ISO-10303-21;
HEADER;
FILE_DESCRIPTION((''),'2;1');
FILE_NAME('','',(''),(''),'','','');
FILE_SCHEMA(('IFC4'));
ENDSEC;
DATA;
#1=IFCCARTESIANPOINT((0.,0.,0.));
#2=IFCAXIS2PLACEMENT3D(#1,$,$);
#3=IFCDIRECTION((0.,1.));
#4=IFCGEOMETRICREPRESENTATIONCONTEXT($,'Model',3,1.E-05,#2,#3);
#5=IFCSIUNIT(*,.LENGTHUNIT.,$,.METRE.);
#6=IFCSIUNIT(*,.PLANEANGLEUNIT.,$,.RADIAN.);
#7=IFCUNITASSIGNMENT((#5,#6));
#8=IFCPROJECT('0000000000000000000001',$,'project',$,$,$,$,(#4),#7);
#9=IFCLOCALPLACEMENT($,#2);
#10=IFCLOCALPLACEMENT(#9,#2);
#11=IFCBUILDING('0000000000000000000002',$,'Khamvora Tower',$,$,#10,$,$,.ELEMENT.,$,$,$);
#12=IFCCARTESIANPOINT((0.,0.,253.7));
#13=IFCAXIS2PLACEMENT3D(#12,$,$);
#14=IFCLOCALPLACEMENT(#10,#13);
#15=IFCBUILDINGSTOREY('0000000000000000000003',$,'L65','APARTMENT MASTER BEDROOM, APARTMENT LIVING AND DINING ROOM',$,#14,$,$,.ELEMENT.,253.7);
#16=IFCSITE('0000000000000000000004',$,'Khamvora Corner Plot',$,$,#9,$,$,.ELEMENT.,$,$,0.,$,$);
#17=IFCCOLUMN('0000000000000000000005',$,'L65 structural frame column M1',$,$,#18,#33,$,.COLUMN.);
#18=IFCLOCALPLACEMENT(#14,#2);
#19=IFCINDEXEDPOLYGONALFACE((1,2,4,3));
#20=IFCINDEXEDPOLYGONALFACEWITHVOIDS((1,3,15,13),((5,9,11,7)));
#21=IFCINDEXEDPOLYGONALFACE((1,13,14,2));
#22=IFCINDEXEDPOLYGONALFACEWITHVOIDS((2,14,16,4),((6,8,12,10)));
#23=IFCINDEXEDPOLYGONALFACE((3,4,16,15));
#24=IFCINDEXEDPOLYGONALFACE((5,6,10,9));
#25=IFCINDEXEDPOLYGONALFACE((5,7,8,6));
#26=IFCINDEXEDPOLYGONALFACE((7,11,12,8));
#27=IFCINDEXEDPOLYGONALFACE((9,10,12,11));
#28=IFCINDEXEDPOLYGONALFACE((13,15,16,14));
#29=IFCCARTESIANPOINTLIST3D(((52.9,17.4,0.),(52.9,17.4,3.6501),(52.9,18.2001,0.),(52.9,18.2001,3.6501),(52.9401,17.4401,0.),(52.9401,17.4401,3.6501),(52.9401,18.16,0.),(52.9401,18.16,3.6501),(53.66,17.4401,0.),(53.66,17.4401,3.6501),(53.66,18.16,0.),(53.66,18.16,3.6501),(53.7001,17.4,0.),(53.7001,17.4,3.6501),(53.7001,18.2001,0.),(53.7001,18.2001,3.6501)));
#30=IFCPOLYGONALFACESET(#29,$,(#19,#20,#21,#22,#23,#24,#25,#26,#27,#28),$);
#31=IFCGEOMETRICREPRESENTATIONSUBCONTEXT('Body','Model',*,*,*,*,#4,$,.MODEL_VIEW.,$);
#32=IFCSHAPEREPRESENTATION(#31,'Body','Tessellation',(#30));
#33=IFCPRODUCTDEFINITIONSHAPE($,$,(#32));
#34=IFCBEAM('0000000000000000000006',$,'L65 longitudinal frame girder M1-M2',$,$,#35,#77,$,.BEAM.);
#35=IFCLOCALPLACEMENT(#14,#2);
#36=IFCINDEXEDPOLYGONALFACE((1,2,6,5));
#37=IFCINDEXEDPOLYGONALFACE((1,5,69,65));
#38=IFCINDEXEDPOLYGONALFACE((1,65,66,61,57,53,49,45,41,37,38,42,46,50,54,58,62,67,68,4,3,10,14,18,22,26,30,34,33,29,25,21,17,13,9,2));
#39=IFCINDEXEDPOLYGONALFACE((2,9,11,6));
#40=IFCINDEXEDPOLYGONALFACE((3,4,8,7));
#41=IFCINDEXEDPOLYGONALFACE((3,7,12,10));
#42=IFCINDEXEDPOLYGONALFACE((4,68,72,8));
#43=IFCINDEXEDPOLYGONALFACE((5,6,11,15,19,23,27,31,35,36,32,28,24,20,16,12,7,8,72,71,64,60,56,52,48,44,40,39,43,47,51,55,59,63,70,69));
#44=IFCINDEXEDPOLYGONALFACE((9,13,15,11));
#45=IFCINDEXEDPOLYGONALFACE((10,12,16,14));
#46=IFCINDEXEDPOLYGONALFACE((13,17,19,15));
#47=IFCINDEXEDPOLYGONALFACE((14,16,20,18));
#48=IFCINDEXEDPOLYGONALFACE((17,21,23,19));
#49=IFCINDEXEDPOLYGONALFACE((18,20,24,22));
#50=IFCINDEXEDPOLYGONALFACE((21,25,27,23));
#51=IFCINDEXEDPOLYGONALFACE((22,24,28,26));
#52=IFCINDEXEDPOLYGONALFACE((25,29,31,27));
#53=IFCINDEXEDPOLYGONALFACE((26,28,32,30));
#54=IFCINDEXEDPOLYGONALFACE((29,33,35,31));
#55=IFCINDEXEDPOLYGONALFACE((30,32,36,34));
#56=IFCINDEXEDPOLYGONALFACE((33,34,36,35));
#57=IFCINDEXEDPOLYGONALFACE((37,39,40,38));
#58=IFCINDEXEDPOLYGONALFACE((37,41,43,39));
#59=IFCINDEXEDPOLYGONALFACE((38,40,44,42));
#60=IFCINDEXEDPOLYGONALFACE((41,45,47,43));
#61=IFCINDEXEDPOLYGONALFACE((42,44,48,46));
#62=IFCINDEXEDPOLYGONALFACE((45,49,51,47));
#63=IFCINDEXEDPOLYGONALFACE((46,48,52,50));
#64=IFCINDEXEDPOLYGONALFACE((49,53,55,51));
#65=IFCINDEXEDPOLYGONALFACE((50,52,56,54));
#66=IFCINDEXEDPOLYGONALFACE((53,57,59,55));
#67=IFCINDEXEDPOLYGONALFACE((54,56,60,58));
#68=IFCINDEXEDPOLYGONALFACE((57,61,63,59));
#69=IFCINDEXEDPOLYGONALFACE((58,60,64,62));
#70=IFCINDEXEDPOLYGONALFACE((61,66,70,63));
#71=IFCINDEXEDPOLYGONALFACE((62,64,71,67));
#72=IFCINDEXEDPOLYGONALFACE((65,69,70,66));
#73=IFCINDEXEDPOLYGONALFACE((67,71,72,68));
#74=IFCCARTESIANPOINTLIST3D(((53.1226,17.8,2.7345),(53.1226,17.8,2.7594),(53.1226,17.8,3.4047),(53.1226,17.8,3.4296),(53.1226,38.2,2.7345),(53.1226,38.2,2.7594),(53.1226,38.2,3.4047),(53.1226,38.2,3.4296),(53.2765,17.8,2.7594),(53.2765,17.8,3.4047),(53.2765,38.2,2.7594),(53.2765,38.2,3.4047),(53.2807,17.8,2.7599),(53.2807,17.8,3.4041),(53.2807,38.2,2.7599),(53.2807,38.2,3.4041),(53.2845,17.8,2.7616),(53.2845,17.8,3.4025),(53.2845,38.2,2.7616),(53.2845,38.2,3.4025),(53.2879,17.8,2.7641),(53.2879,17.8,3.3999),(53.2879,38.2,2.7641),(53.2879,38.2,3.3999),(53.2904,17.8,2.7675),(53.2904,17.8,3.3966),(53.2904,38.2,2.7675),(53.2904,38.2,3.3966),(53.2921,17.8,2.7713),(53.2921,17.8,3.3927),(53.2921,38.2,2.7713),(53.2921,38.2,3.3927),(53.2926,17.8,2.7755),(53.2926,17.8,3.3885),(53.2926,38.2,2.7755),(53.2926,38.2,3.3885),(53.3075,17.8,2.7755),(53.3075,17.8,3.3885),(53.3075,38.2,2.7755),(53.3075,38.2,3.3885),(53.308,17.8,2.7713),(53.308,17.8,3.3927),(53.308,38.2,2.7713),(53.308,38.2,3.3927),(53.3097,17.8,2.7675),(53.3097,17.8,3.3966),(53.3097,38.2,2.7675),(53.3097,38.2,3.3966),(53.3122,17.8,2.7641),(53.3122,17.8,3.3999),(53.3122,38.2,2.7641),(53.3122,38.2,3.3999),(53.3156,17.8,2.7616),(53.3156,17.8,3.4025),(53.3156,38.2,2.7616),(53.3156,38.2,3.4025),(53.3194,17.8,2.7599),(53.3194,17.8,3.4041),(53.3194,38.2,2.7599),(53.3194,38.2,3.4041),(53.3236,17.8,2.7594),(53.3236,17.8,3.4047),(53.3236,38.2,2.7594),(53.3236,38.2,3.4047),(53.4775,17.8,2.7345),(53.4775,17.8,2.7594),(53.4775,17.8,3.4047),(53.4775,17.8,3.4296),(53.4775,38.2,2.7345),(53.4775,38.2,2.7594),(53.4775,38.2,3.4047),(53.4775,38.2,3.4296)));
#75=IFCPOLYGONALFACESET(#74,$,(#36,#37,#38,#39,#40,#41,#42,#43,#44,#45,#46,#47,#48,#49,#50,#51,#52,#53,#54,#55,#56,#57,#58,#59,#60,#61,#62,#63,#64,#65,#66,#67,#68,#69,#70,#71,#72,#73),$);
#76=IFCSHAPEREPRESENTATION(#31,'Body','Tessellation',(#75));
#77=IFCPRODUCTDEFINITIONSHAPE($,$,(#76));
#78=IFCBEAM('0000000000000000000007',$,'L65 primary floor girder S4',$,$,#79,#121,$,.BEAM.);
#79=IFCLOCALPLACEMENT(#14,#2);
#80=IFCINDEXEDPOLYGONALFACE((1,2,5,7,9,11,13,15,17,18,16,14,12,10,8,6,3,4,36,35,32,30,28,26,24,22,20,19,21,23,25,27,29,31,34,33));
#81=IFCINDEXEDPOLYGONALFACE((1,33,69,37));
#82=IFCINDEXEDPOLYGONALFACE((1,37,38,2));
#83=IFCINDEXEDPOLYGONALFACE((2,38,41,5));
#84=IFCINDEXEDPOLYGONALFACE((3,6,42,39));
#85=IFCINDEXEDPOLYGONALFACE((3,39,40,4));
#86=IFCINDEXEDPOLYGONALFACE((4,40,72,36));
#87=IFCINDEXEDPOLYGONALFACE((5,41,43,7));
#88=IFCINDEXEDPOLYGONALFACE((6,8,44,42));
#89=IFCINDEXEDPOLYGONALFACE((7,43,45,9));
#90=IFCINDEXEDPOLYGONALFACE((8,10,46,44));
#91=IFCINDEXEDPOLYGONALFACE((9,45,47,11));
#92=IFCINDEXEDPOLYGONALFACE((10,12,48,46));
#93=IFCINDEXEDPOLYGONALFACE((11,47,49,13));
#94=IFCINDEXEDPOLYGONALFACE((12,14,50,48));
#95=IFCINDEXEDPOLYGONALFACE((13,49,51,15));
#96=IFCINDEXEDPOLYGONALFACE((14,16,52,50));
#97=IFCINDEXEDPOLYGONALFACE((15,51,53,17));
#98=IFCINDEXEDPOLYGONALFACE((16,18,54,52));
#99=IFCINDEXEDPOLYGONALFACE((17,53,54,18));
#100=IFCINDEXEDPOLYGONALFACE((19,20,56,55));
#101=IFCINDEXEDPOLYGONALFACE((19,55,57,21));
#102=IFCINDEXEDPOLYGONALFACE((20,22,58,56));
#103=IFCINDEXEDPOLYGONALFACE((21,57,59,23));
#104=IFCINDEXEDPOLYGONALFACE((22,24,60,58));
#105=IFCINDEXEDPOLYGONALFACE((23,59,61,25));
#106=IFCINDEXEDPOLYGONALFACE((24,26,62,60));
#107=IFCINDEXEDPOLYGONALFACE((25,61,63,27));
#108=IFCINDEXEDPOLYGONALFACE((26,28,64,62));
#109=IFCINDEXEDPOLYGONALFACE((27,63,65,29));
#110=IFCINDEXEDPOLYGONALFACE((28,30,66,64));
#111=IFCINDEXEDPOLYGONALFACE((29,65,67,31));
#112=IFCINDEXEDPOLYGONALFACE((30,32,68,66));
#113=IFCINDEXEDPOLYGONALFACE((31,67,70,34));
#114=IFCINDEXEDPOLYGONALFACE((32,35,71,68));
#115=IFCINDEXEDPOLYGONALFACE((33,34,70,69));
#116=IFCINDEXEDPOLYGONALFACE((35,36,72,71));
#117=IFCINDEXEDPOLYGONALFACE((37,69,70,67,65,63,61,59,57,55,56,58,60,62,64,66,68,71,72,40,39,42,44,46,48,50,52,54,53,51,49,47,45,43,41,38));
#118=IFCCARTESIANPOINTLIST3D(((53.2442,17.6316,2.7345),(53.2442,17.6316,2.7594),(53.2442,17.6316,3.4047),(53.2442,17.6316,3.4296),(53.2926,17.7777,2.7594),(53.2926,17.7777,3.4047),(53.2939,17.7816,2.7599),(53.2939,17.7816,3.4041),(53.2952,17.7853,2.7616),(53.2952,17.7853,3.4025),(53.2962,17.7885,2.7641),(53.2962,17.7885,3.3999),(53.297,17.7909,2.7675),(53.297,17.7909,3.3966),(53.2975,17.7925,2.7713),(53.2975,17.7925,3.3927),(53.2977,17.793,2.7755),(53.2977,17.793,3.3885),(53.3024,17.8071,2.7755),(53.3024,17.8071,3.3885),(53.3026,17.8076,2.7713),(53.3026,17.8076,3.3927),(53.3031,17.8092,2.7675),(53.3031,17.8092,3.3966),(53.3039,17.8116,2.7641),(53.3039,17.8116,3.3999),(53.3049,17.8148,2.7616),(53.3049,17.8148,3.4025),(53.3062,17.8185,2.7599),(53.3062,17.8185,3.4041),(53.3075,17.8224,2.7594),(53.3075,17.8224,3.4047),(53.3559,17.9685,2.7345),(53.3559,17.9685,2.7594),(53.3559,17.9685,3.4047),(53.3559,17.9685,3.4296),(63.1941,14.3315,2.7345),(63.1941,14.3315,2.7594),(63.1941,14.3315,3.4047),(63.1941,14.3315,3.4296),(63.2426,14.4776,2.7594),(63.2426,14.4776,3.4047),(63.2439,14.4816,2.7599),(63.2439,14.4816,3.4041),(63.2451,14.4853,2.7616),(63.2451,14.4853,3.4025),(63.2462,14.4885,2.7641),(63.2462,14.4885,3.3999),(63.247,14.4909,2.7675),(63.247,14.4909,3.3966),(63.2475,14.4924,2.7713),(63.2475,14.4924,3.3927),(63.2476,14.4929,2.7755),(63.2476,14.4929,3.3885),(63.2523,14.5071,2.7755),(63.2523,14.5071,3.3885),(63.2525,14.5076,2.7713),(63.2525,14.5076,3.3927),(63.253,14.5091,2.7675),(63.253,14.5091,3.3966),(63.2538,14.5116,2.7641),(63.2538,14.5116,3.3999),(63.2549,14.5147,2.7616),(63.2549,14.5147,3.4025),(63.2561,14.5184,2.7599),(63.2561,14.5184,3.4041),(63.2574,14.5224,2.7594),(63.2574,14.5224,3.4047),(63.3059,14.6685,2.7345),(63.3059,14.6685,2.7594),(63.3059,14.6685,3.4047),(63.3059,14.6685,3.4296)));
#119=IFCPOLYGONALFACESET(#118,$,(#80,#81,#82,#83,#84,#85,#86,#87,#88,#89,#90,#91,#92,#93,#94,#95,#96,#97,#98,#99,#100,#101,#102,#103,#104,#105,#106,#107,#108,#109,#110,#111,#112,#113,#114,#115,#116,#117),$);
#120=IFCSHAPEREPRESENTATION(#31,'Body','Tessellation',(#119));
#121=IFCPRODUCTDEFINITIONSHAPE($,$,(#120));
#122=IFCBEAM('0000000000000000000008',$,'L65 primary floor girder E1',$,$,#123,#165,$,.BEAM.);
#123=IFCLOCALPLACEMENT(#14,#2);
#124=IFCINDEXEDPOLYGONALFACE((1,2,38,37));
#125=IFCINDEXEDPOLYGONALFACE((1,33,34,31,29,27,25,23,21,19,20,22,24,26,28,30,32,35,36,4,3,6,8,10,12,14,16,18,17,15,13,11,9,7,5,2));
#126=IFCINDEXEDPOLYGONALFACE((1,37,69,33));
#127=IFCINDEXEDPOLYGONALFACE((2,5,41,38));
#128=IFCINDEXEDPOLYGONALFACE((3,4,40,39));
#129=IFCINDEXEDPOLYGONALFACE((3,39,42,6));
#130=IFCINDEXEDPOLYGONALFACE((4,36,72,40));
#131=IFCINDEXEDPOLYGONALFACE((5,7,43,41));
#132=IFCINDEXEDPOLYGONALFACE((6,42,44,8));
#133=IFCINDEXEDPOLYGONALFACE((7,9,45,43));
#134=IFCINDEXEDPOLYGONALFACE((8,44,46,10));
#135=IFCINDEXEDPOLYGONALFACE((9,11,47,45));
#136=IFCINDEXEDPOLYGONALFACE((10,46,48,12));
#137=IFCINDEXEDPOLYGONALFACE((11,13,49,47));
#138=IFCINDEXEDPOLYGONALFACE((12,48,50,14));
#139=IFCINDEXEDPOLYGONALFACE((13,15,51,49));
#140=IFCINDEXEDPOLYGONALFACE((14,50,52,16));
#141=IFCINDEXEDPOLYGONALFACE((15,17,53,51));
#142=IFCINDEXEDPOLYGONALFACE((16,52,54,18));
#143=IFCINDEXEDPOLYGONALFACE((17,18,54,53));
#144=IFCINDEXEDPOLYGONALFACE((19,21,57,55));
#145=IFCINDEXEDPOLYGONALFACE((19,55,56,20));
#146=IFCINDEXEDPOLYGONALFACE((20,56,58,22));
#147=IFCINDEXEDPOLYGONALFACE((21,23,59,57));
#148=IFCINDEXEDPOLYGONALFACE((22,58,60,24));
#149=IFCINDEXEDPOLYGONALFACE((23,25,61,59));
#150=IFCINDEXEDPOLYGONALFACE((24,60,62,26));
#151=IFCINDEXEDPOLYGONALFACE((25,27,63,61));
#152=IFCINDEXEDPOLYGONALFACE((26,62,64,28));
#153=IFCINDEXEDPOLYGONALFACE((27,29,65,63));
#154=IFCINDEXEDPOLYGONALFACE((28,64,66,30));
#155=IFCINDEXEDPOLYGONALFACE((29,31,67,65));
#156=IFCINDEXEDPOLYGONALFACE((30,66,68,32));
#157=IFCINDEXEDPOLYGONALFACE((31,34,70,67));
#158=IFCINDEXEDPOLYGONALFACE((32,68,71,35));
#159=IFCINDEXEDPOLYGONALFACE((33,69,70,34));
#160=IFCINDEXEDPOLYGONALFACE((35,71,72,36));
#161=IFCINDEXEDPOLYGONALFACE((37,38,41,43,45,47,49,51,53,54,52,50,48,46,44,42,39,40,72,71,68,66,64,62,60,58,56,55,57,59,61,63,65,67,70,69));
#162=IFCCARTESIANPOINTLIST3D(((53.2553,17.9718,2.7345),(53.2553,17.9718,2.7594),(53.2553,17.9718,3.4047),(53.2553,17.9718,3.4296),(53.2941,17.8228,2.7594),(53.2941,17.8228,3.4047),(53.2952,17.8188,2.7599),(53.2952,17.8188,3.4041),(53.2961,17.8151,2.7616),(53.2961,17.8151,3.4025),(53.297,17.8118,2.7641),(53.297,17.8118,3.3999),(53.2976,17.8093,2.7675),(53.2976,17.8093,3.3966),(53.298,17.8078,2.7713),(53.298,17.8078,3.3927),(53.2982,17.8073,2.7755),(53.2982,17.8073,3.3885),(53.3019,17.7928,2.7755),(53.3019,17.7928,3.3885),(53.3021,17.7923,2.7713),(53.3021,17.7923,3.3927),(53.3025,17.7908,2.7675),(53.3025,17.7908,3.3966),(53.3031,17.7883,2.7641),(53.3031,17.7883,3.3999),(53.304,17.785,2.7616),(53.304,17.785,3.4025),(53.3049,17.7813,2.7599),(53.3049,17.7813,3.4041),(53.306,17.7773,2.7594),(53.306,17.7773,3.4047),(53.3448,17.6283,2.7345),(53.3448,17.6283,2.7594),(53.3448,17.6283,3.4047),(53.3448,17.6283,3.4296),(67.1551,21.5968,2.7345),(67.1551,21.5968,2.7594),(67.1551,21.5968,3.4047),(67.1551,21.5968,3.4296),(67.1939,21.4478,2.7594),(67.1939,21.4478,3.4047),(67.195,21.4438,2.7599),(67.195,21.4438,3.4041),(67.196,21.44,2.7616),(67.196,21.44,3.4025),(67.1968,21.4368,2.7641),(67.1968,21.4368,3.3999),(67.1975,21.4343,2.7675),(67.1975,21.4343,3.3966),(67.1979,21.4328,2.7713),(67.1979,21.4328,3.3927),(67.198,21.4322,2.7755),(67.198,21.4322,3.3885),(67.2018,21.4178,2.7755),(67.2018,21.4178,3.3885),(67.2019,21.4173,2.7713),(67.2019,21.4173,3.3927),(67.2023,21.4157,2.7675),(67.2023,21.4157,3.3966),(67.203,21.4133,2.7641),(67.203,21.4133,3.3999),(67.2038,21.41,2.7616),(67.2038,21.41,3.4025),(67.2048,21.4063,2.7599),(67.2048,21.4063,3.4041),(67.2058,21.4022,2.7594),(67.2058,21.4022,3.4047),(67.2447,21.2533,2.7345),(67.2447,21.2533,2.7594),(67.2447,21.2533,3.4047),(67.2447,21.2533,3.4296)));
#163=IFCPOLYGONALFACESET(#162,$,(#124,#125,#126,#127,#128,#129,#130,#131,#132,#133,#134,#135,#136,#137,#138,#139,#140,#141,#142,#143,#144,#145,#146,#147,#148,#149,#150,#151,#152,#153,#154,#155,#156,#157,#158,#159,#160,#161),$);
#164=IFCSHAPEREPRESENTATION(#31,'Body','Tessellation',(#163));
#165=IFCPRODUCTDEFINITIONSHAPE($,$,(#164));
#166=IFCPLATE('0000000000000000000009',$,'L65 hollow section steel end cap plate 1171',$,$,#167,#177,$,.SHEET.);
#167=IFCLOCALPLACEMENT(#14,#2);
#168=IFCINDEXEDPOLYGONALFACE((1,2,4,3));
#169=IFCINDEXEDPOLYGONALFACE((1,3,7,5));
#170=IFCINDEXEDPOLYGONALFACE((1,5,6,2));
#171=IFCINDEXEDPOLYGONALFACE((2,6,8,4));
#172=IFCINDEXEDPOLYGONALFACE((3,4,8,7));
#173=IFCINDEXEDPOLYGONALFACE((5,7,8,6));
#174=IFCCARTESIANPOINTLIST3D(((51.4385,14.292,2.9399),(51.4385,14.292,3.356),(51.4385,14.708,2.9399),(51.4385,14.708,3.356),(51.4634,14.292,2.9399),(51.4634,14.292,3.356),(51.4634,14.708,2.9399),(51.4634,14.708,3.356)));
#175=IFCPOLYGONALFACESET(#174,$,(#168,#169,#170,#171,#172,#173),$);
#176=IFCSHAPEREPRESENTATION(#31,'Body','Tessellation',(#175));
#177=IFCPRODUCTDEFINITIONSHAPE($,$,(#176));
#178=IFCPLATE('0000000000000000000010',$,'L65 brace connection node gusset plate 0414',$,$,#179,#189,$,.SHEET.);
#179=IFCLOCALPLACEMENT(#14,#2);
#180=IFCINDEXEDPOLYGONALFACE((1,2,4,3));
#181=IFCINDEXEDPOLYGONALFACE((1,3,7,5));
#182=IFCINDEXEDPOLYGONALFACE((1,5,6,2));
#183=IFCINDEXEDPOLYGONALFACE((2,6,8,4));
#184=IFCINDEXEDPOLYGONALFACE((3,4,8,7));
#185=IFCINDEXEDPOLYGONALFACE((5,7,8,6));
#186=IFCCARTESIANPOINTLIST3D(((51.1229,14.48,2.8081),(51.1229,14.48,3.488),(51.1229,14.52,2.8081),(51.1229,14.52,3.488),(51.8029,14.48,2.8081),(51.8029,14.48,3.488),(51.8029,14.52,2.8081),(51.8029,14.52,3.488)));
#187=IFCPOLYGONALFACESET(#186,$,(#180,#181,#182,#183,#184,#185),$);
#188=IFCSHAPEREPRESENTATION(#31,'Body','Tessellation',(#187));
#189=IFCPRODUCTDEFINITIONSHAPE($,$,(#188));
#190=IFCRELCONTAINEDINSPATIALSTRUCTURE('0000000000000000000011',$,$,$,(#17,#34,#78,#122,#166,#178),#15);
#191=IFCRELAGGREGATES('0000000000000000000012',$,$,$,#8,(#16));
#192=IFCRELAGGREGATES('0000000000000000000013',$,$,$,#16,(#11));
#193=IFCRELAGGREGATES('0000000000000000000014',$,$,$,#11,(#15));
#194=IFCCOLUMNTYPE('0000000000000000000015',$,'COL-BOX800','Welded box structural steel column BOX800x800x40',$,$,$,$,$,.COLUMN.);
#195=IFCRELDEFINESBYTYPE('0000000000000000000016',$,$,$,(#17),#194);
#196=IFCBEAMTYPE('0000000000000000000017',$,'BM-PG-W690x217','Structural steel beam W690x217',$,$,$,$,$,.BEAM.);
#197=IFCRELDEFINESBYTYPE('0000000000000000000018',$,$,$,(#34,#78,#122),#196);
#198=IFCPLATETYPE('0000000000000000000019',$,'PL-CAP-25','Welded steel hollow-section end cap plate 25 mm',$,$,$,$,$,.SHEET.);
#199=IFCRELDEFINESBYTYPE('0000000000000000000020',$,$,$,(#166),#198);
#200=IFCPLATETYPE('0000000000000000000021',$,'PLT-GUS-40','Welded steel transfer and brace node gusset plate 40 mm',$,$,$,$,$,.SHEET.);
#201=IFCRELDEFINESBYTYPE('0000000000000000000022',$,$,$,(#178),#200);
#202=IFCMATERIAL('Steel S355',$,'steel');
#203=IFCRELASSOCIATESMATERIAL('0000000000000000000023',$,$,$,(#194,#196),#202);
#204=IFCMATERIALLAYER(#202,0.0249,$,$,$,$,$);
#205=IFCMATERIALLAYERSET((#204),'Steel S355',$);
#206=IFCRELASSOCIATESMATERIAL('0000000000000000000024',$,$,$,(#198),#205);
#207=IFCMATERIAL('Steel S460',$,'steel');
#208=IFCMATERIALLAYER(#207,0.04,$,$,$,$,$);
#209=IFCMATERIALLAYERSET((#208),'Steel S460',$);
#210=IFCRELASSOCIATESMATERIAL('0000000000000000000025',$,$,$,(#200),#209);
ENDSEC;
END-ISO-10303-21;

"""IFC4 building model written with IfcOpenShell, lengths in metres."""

from ifc_helpers import new_model, si_unit, direction, frame, origin, origin_2d, place, context, subcontext, project, spatial, rectangle, hollow_rectangle, i_section, extrude, material, layer, layer_set, material_profile, profile_set, type_object, element, save


model = new_model("IFC4")

# Units and contexts
model_context = context("Model", 3, precision=1e-05, world=origin(), true_north=direction((0.0, 1.0)))
body_context = subcontext(model_context, "Body", "Model", "MODEL_VIEW")
ifc_project = project(units=[si_unit("LENGTHUNIT", "METRE"), si_unit("PLANEANGLEUNIT", "RADIAN")], contexts=[model_context])

# Site, building, storey
site_placement = place(None, origin())
site = spatial("IfcSite", under=ifc_project, at=site_placement, Name="Khamvora Corner Plot", CompositionType="ELEMENT", RefElevation=0.0)
building_placement = place(site_placement, origin())
building = spatial("IfcBuilding", under=site, at=building_placement, Name="Khamvora Tower", CompositionType="ELEMENT")
storey_placement = place(building_placement, frame((0.0, 0.0, 253.7)))
storey = spatial("IfcBuildingStorey", under=building, at=storey_placement, Name="L65", Description="APARTMENT MASTER BEDROOM, APARTMENT LIVING AND DINING ROOM", CompositionType="ELEMENT", Elevation=253.7)

# Column
ifc_material_1 = material(Name="Steel S355", Category="steel")
ifc_material_profile_1 = material_profile(ifc_material_1, hollow_rectangle(XDim=0.8, YDim=0.8, WallThickness=0.04, at=origin_2d()), Name="BOX800x800x40")
ifc_profile_set_1 = profile_set([ifc_material_profile_1], Name="Steel S355")
column_type = type_object("IfcColumnType", Name="COL-BOX800", Description="Welded box structural steel column BOX800x800x40", PredefinedType="COLUMN", material=ifc_profile_set_1)
column_placement = place(storey_placement, frame((53.3, 17.8, 0.0), z_axis=(0.0, 0.0, 1.0), x_axis=(1.0, 0.0, 0.0)))
element("IfcColumn", 1, at=column_placement, inside=storey, type_object=column_type, Name="L65 structural frame column M1", PredefinedType="COLUMN", context=body_context, shape_type="SweptSolid", body=[
    extrude(hollow_rectangle(XDim=0.8, YDim=0.8, WallThickness=0.04, at=origin_2d()), origin(), (0.0, 0.0, 1.0), 3.6501),
])

# Beams
ifc_material_profile_2 = material_profile(ifc_material_1, i_section(OverallWidth=0.355, OverallDepth=0.6951, WebThickness=0.0149, FlangeThickness=0.0249, FilletRadius=0.0161, at=origin_2d()), Name="W690x217")
ifc_profile_set_2 = profile_set([ifc_material_profile_2], Name="Steel S355")
beam_type = type_object("IfcBeamType", Name="BM-PG-W690x217", Description="Structural steel beam W690x217", PredefinedType="BEAM", material=ifc_profile_set_2)
beam_1_placement = place(storey_placement, frame((53.3, 17.8, 3.082), z_axis=(0.0, 1.0, 0.0), x_axis=(-1.0, 0.0, 0.0)))
element("IfcBeam", 2, at=beam_1_placement, inside=storey, type_object=beam_type, Name="L65 longitudinal frame girder M1-M2", PredefinedType="BEAM", context=body_context, shape_type="SweptSolid", body=[
    extrude(i_section(OverallWidth=0.355, OverallDepth=0.6951, WebThickness=0.0149, FlangeThickness=0.0249, FilletRadius=0.0161, at=origin_2d()), origin(), (0.0, 0.0, 1.0), 20.3999),
])
beam_2_placement = place(storey_placement, frame((53.3, 17.8, 3.082), z_axis=(0.949157, -0.314802, 0.0), x_axis=(0.314802, 0.949157, 0.0)))
element("IfcBeam", 3, at=beam_2_placement, inside=storey, type_object=beam_type, Name="L65 primary floor girder S4", PredefinedType="BEAM", context=body_context, shape_type="SweptSolid", body=[
    extrude(i_section(OverallWidth=0.355, OverallDepth=0.6951, WebThickness=0.0149, FlangeThickness=0.0249, FilletRadius=0.0161, at=origin_2d()), origin(), (0.0, 0.0, 1.0), 10.4829),
])
beam_3_placement = place(storey_placement, frame((53.3, 17.8, 3.082), z_axis=(0.967635, 0.252353, 0.0), x_axis=(-0.252353, 0.967635, 0.0)))
element("IfcBeam", 4, at=beam_3_placement, inside=storey, type_object=beam_type, Name="L65 primary floor girder E1", PredefinedType="BEAM", context=body_context, shape_type="SweptSolid", body=[
    extrude(i_section(OverallWidth=0.355, OverallDepth=0.6951, WebThickness=0.0149, FlangeThickness=0.0249, FilletRadius=0.0161, at=origin_2d()), origin(), (0.0, 0.0, 1.0), 14.3647),
])

# Plates
ifc_layer_1 = layer(ifc_material_1, 0.0249)
ifc_layer_set_1 = layer_set([ifc_layer_1], Name="Steel S355")
plate_type_1 = type_object("IfcPlateType", Name="PL-CAP-25", Description="Welded steel hollow-section end cap plate 25 mm", PredefinedType="SHEET", material=ifc_layer_set_1)
plate_1_placement = place(storey_placement, frame((51.4509, 14.5, 2.9399), z_axis=(0.0, 0.0, 1.0), x_axis=(-1.0, 0.0, 0.0)))
element("IfcPlate", 5, at=plate_1_placement, inside=storey, type_object=plate_type_1, Name="L65 hollow section steel end cap plate 1171", PredefinedType="SHEET", context=body_context, shape_type="SweptSolid", body=[
    extrude(rectangle(XDim=0.0249, YDim=0.416, at=origin_2d()), origin(), (0.0, 0.0, 1.0), 0.416),
])
ifc_material_2 = material(Name="Steel S460", Category="steel")
ifc_layer_2 = layer(ifc_material_2, 0.04)
ifc_layer_set_2 = layer_set([ifc_layer_2], Name="Steel S460")
plate_type_2 = type_object("IfcPlateType", Name="PLT-GUS-40", Description="Welded steel transfer and brace node gusset plate 40 mm", PredefinedType="SHEET", material=ifc_layer_set_2)
plate_2_placement = place(storey_placement, frame((51.4629, 14.5, 2.8081), z_axis=(0.0, 0.0, 1.0), x_axis=(1.0, 0.0, 0.0)))
element("IfcPlate", 6, at=plate_2_placement, inside=storey, type_object=plate_type_2, Name="L65 brace connection node gusset plate 0414", PredefinedType="SHEET", context=body_context, shape_type="SweptSolid", body=[
    extrude(rectangle(XDim=0.6799, YDim=0.04, at=origin_2d()), origin(), (0.0, 0.0, 1.0), 0.6799),
])

save(model, "model.ifc")
